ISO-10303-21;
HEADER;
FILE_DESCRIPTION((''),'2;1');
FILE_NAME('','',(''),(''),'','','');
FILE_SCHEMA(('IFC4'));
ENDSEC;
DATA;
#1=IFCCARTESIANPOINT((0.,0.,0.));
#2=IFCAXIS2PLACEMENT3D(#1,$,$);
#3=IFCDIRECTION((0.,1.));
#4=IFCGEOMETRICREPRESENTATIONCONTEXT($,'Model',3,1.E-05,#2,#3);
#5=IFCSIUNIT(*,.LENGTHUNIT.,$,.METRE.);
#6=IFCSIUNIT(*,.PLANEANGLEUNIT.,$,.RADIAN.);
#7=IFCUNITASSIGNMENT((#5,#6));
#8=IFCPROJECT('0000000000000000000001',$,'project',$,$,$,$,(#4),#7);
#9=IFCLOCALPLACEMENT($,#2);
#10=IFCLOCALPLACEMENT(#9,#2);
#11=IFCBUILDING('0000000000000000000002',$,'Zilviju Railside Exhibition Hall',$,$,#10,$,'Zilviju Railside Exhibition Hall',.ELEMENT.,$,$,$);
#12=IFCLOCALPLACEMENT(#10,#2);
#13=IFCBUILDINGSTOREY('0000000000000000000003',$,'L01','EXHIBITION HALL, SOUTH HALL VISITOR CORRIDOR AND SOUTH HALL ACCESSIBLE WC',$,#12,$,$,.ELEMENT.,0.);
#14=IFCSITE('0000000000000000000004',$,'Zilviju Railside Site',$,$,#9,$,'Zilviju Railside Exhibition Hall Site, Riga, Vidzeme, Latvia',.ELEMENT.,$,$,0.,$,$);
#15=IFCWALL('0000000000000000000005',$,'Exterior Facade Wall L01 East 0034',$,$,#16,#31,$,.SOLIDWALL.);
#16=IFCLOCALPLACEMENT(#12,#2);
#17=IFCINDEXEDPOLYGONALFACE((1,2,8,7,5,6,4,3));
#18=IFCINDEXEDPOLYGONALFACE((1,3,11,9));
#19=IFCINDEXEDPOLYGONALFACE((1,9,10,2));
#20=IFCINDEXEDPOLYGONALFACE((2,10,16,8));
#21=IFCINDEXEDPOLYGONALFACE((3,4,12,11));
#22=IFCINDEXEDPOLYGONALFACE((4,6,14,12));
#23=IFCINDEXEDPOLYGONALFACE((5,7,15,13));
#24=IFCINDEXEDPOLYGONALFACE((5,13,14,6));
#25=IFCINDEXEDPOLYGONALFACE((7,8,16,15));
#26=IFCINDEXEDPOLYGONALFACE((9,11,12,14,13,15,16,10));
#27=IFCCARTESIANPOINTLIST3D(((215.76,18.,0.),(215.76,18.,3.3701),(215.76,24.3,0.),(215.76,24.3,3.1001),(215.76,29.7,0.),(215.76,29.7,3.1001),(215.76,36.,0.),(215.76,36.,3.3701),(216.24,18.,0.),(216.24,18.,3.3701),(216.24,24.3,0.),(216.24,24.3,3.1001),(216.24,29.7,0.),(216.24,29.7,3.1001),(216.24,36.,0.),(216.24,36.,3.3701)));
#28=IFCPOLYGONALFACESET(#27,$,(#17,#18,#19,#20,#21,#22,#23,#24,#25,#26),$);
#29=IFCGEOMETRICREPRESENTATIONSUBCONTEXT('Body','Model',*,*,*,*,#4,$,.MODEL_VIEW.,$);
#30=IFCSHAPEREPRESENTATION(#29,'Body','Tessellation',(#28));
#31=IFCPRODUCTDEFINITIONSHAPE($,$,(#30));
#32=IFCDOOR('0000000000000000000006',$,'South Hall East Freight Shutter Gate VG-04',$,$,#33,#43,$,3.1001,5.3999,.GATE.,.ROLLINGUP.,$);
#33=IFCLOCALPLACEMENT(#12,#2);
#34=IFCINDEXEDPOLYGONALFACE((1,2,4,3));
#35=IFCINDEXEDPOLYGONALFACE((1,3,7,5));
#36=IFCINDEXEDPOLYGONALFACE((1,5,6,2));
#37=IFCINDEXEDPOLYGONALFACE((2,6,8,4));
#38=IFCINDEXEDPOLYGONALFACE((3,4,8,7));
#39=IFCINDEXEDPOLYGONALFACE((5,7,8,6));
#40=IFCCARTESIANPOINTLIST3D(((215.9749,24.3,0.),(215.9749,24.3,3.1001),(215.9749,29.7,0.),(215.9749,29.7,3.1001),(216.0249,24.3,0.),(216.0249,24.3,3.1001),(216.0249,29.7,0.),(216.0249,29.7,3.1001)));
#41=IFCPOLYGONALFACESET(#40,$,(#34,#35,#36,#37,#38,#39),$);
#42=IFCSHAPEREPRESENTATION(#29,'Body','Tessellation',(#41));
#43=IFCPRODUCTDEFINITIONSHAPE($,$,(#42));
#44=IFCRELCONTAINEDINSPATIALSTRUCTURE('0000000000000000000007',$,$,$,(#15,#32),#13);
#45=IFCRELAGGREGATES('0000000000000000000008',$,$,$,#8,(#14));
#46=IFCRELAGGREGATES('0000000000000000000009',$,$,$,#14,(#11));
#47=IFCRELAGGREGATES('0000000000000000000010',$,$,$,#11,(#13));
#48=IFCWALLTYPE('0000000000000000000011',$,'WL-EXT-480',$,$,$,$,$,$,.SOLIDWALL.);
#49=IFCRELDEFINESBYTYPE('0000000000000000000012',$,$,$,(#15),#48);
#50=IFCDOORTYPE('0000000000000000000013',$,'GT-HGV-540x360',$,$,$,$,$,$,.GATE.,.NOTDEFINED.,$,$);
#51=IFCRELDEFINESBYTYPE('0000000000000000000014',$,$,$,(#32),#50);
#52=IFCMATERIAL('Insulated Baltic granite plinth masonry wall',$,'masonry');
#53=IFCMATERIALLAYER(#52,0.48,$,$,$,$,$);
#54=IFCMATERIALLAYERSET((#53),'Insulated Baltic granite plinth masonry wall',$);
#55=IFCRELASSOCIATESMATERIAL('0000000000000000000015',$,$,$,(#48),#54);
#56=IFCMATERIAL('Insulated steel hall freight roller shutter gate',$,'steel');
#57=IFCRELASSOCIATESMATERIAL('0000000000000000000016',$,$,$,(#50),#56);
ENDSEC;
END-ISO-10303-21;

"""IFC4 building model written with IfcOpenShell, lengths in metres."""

from ifc_helpers import new_model, si_unit, direction, frame, frame_2d, origin, place, context, subcontext, project, spatial, rectangle, extrude, material, layer, layer_set, type_object, element, fill, save


model = new_model("IFC4")

# Units and contexts
model_context = context("Model", 3, precision=1e-05, world=origin(), true_north=direction((0.0, 1.0)))
body_context = subcontext(model_context, "Body", "Model", "MODEL_VIEW")
ifc_project = project(units=[si_unit("LENGTHUNIT", "METRE"), si_unit("PLANEANGLEUNIT", "RADIAN")], contexts=[model_context])

# Site, building, storey
site_placement = place(None, origin())
site = spatial("IfcSite", under=ifc_project, at=site_placement, Name="Zilviju Railside Site", LongName="Zilviju Railside Exhibition Hall Site, Riga, Vidzeme, Latvia", CompositionType="ELEMENT", RefElevation=0.0)
building_placement = place(site_placement, origin())
building = spatial("IfcBuilding", under=site, at=building_placement, Name="Zilviju Railside Exhibition Hall", LongName="Zilviju Railside Exhibition Hall", CompositionType="ELEMENT")
storey_placement = place(building_placement, origin())
storey = spatial("IfcBuildingStorey", under=building, at=storey_placement, Name="L01", Description="EXHIBITION HALL, SOUTH HALL VISITOR CORRIDOR AND SOUTH HALL ACCESSIBLE WC", CompositionType="ELEMENT", Elevation=0.0)

# Wall, opening, door
ifc_material_1 = material(Name="Insulated Baltic granite plinth masonry wall", Category="masonry")
ifc_layer_1 = layer(ifc_material_1, 0.48)
ifc_layer_set_1 = layer_set([ifc_layer_1], Name="Insulated Baltic granite plinth masonry wall")
wall_type_1 = type_object("IfcWallType", Name="WL-EXT-480", PredefinedType="SOLIDWALL", material=ifc_layer_set_1)
wall_1_placement = place(storey_placement, frame((216.0, 36.0, 0.0), z_axis=(0.0, 0.0, 1.0), x_axis=(0.0, -1.0, 0.0)))
wall_1 = element("IfcWall", 1, at=wall_1_placement, inside=storey, type_object=wall_type_1, Name="Exterior Facade Wall L01 East 0034", PredefinedType="SOLIDWALL", context=body_context, shape_type="SweptSolid", body=[
    extrude(rectangle(XDim=18.0, YDim=0.48, at=frame_2d((9.0, 0.0))), origin(), (0.0, 0.0, 1.0), 3.3701),
])
opening_placement = place(wall_1_placement, frame((6.3, 0.0, 0.0)))
opening = element("IfcOpeningElement", 2, at=opening_placement, cuts=wall_1, PredefinedType="OPENING", context=body_context, shape_type="SweptSolid", body=[
    extrude(rectangle(XDim=5.3999, YDim=3.1001, at=frame_2d((2.7, 1.55))), frame((0.0, 0.25, 0.0), z_axis=(0.0, -1.0, 0.0), x_axis=(1.0, 0.0, 0.0)), (0.0, 0.0, 1.0), 0.5),
])
ifc_material_2 = material(Name="Insulated steel hall freight roller shutter gate", Category="steel")
door_type = type_object("IfcDoorType", Name="GT-HGV-540x360", OperationType="NOTDEFINED", PredefinedType="GATE", material=ifc_material_2)
door_placement = place(opening_placement, origin())
door = element("IfcDoor", 3, at=door_placement, inside=storey, type_object=door_type, Name="South Hall East Freight Shutter Gate VG-04", OperationType="ROLLINGUP", OverallHeight=3.1001, OverallWidth=5.3999, PredefinedType="GATE", context=body_context, shape_type="SweptSolid", body=[
    extrude(rectangle(XDim=5.3999, YDim=3.1001, at=frame_2d((2.7, 1.55))), frame((0.0, 0.0249, 0.0), z_axis=(0.0, -1.0, 0.0), x_axis=(1.0, 0.0, 0.0)), (0.0, 0.0, 1.0), 0.05),
])
fill(opening, door)

save(model, "model.ifc")
